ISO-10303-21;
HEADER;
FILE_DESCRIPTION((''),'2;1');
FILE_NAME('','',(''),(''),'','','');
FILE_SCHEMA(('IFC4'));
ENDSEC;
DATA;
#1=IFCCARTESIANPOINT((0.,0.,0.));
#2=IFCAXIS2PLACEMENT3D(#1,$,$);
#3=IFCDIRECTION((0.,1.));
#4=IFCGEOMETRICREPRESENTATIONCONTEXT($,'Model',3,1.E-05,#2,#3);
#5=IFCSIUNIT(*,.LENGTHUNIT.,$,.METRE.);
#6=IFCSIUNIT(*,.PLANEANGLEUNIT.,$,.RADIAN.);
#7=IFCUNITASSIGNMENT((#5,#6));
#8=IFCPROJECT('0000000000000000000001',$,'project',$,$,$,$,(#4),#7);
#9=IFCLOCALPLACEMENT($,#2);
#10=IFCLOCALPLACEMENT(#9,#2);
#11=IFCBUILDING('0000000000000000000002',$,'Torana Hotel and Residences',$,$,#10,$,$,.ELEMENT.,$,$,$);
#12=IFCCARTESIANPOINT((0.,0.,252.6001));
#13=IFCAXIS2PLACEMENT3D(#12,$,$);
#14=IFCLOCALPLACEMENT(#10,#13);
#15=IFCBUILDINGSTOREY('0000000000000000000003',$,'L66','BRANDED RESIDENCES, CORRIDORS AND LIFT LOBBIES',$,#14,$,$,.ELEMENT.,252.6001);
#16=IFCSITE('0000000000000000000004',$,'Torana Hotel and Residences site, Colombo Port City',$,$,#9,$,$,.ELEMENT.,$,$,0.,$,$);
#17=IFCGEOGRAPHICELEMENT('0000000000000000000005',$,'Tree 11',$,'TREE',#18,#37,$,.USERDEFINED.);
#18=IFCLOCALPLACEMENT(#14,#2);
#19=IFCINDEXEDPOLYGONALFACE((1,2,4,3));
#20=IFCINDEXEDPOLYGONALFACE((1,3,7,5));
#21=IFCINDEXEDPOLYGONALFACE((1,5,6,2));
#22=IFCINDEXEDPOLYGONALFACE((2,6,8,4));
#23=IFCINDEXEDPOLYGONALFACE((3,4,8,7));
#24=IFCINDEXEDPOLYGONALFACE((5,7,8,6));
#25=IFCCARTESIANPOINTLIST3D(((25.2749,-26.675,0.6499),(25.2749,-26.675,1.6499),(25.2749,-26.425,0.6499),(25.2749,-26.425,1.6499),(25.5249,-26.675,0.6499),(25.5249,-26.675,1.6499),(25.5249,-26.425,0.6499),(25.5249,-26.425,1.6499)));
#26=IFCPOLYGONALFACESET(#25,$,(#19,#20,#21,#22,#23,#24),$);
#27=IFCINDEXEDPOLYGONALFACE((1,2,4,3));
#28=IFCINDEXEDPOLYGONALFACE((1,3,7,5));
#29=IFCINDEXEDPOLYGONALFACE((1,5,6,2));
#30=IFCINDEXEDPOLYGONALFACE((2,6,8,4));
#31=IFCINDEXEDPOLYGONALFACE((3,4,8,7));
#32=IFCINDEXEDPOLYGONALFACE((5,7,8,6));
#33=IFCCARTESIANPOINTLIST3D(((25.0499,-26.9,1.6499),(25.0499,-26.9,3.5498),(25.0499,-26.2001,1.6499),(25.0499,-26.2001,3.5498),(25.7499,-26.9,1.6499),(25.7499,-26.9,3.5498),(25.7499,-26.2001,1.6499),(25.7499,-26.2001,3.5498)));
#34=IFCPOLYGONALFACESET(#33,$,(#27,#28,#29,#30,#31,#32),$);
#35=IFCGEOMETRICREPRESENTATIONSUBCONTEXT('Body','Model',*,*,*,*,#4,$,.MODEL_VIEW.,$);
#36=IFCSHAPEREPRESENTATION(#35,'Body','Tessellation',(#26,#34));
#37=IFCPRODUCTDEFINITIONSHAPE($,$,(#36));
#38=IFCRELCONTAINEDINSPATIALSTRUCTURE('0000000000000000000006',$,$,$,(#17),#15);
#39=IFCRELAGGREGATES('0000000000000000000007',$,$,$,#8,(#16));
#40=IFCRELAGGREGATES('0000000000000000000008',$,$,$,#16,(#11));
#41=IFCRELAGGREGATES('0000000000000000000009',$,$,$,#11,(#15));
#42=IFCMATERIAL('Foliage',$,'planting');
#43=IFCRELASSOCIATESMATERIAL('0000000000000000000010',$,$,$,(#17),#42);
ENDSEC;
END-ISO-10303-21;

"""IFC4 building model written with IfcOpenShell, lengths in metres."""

from ifc_helpers import new_model, si_unit, direction, frame, origin, origin_2d, place, context, subcontext, project, spatial, rectangle, extrude, material, element, save


model = new_model("IFC4")

# Units and contexts
model_context = context("Model", 3, precision=1e-05, world=origin(), true_north=direction((0.0, 1.0)))
body_context = subcontext(model_context, "Body", "Model", "MODEL_VIEW")
ifc_project = project(units=[si_unit("LENGTHUNIT", "METRE"), si_unit("PLANEANGLEUNIT", "RADIAN")], contexts=[model_context])

# Site, building, storey
site_placement = place(None, origin())
site = spatial("IfcSite", under=ifc_project, at=site_placement, Name="Torana Hotel and Residences site, Colombo Port City", CompositionType="ELEMENT", RefElevation=0.0)
building_placement = place(site_placement, origin())
building = spatial("IfcBuilding", under=site, at=building_placement, Name="Torana Hotel and Residences", CompositionType="ELEMENT")
storey_placement = place(building_placement, frame((0.0, 0.0, 252.6001)))
storey = spatial("IfcBuildingStorey", under=building, at=storey_placement, Name="L66", Description="BRANDED RESIDENCES, CORRIDORS AND LIFT LOBBIES", CompositionType="ELEMENT", Elevation=252.6001)

# Geographic element
ifc_material_1 = material(Name="Foliage", Category="planting")
geographic_element_placement = place(storey_placement, frame((25.3999, -26.55, 0.6499), z_axis=(0.0, 0.0, 1.0), x_axis=(1.0, 0.0, 0.0)))
element("IfcGeographicElement", 1, at=geographic_element_placement, inside=storey, material=ifc_material_1, Name="Tree 11", ObjectType="TREE", PredefinedType="USERDEFINED", context=body_context, shape_type="SweptSolid", body=[
    extrude(rectangle(XDim=0.25, YDim=0.25, at=origin_2d()), origin(), (0.0, 0.0, 1.0), 1.0),
    extrude(rectangle(XDim=0.7, YDim=0.7, at=origin_2d()), frame((0.0, 0.0, 1.0)), (0.0, 0.0, 1.0), 1.8999),
])

save(model, "model.ifc")
